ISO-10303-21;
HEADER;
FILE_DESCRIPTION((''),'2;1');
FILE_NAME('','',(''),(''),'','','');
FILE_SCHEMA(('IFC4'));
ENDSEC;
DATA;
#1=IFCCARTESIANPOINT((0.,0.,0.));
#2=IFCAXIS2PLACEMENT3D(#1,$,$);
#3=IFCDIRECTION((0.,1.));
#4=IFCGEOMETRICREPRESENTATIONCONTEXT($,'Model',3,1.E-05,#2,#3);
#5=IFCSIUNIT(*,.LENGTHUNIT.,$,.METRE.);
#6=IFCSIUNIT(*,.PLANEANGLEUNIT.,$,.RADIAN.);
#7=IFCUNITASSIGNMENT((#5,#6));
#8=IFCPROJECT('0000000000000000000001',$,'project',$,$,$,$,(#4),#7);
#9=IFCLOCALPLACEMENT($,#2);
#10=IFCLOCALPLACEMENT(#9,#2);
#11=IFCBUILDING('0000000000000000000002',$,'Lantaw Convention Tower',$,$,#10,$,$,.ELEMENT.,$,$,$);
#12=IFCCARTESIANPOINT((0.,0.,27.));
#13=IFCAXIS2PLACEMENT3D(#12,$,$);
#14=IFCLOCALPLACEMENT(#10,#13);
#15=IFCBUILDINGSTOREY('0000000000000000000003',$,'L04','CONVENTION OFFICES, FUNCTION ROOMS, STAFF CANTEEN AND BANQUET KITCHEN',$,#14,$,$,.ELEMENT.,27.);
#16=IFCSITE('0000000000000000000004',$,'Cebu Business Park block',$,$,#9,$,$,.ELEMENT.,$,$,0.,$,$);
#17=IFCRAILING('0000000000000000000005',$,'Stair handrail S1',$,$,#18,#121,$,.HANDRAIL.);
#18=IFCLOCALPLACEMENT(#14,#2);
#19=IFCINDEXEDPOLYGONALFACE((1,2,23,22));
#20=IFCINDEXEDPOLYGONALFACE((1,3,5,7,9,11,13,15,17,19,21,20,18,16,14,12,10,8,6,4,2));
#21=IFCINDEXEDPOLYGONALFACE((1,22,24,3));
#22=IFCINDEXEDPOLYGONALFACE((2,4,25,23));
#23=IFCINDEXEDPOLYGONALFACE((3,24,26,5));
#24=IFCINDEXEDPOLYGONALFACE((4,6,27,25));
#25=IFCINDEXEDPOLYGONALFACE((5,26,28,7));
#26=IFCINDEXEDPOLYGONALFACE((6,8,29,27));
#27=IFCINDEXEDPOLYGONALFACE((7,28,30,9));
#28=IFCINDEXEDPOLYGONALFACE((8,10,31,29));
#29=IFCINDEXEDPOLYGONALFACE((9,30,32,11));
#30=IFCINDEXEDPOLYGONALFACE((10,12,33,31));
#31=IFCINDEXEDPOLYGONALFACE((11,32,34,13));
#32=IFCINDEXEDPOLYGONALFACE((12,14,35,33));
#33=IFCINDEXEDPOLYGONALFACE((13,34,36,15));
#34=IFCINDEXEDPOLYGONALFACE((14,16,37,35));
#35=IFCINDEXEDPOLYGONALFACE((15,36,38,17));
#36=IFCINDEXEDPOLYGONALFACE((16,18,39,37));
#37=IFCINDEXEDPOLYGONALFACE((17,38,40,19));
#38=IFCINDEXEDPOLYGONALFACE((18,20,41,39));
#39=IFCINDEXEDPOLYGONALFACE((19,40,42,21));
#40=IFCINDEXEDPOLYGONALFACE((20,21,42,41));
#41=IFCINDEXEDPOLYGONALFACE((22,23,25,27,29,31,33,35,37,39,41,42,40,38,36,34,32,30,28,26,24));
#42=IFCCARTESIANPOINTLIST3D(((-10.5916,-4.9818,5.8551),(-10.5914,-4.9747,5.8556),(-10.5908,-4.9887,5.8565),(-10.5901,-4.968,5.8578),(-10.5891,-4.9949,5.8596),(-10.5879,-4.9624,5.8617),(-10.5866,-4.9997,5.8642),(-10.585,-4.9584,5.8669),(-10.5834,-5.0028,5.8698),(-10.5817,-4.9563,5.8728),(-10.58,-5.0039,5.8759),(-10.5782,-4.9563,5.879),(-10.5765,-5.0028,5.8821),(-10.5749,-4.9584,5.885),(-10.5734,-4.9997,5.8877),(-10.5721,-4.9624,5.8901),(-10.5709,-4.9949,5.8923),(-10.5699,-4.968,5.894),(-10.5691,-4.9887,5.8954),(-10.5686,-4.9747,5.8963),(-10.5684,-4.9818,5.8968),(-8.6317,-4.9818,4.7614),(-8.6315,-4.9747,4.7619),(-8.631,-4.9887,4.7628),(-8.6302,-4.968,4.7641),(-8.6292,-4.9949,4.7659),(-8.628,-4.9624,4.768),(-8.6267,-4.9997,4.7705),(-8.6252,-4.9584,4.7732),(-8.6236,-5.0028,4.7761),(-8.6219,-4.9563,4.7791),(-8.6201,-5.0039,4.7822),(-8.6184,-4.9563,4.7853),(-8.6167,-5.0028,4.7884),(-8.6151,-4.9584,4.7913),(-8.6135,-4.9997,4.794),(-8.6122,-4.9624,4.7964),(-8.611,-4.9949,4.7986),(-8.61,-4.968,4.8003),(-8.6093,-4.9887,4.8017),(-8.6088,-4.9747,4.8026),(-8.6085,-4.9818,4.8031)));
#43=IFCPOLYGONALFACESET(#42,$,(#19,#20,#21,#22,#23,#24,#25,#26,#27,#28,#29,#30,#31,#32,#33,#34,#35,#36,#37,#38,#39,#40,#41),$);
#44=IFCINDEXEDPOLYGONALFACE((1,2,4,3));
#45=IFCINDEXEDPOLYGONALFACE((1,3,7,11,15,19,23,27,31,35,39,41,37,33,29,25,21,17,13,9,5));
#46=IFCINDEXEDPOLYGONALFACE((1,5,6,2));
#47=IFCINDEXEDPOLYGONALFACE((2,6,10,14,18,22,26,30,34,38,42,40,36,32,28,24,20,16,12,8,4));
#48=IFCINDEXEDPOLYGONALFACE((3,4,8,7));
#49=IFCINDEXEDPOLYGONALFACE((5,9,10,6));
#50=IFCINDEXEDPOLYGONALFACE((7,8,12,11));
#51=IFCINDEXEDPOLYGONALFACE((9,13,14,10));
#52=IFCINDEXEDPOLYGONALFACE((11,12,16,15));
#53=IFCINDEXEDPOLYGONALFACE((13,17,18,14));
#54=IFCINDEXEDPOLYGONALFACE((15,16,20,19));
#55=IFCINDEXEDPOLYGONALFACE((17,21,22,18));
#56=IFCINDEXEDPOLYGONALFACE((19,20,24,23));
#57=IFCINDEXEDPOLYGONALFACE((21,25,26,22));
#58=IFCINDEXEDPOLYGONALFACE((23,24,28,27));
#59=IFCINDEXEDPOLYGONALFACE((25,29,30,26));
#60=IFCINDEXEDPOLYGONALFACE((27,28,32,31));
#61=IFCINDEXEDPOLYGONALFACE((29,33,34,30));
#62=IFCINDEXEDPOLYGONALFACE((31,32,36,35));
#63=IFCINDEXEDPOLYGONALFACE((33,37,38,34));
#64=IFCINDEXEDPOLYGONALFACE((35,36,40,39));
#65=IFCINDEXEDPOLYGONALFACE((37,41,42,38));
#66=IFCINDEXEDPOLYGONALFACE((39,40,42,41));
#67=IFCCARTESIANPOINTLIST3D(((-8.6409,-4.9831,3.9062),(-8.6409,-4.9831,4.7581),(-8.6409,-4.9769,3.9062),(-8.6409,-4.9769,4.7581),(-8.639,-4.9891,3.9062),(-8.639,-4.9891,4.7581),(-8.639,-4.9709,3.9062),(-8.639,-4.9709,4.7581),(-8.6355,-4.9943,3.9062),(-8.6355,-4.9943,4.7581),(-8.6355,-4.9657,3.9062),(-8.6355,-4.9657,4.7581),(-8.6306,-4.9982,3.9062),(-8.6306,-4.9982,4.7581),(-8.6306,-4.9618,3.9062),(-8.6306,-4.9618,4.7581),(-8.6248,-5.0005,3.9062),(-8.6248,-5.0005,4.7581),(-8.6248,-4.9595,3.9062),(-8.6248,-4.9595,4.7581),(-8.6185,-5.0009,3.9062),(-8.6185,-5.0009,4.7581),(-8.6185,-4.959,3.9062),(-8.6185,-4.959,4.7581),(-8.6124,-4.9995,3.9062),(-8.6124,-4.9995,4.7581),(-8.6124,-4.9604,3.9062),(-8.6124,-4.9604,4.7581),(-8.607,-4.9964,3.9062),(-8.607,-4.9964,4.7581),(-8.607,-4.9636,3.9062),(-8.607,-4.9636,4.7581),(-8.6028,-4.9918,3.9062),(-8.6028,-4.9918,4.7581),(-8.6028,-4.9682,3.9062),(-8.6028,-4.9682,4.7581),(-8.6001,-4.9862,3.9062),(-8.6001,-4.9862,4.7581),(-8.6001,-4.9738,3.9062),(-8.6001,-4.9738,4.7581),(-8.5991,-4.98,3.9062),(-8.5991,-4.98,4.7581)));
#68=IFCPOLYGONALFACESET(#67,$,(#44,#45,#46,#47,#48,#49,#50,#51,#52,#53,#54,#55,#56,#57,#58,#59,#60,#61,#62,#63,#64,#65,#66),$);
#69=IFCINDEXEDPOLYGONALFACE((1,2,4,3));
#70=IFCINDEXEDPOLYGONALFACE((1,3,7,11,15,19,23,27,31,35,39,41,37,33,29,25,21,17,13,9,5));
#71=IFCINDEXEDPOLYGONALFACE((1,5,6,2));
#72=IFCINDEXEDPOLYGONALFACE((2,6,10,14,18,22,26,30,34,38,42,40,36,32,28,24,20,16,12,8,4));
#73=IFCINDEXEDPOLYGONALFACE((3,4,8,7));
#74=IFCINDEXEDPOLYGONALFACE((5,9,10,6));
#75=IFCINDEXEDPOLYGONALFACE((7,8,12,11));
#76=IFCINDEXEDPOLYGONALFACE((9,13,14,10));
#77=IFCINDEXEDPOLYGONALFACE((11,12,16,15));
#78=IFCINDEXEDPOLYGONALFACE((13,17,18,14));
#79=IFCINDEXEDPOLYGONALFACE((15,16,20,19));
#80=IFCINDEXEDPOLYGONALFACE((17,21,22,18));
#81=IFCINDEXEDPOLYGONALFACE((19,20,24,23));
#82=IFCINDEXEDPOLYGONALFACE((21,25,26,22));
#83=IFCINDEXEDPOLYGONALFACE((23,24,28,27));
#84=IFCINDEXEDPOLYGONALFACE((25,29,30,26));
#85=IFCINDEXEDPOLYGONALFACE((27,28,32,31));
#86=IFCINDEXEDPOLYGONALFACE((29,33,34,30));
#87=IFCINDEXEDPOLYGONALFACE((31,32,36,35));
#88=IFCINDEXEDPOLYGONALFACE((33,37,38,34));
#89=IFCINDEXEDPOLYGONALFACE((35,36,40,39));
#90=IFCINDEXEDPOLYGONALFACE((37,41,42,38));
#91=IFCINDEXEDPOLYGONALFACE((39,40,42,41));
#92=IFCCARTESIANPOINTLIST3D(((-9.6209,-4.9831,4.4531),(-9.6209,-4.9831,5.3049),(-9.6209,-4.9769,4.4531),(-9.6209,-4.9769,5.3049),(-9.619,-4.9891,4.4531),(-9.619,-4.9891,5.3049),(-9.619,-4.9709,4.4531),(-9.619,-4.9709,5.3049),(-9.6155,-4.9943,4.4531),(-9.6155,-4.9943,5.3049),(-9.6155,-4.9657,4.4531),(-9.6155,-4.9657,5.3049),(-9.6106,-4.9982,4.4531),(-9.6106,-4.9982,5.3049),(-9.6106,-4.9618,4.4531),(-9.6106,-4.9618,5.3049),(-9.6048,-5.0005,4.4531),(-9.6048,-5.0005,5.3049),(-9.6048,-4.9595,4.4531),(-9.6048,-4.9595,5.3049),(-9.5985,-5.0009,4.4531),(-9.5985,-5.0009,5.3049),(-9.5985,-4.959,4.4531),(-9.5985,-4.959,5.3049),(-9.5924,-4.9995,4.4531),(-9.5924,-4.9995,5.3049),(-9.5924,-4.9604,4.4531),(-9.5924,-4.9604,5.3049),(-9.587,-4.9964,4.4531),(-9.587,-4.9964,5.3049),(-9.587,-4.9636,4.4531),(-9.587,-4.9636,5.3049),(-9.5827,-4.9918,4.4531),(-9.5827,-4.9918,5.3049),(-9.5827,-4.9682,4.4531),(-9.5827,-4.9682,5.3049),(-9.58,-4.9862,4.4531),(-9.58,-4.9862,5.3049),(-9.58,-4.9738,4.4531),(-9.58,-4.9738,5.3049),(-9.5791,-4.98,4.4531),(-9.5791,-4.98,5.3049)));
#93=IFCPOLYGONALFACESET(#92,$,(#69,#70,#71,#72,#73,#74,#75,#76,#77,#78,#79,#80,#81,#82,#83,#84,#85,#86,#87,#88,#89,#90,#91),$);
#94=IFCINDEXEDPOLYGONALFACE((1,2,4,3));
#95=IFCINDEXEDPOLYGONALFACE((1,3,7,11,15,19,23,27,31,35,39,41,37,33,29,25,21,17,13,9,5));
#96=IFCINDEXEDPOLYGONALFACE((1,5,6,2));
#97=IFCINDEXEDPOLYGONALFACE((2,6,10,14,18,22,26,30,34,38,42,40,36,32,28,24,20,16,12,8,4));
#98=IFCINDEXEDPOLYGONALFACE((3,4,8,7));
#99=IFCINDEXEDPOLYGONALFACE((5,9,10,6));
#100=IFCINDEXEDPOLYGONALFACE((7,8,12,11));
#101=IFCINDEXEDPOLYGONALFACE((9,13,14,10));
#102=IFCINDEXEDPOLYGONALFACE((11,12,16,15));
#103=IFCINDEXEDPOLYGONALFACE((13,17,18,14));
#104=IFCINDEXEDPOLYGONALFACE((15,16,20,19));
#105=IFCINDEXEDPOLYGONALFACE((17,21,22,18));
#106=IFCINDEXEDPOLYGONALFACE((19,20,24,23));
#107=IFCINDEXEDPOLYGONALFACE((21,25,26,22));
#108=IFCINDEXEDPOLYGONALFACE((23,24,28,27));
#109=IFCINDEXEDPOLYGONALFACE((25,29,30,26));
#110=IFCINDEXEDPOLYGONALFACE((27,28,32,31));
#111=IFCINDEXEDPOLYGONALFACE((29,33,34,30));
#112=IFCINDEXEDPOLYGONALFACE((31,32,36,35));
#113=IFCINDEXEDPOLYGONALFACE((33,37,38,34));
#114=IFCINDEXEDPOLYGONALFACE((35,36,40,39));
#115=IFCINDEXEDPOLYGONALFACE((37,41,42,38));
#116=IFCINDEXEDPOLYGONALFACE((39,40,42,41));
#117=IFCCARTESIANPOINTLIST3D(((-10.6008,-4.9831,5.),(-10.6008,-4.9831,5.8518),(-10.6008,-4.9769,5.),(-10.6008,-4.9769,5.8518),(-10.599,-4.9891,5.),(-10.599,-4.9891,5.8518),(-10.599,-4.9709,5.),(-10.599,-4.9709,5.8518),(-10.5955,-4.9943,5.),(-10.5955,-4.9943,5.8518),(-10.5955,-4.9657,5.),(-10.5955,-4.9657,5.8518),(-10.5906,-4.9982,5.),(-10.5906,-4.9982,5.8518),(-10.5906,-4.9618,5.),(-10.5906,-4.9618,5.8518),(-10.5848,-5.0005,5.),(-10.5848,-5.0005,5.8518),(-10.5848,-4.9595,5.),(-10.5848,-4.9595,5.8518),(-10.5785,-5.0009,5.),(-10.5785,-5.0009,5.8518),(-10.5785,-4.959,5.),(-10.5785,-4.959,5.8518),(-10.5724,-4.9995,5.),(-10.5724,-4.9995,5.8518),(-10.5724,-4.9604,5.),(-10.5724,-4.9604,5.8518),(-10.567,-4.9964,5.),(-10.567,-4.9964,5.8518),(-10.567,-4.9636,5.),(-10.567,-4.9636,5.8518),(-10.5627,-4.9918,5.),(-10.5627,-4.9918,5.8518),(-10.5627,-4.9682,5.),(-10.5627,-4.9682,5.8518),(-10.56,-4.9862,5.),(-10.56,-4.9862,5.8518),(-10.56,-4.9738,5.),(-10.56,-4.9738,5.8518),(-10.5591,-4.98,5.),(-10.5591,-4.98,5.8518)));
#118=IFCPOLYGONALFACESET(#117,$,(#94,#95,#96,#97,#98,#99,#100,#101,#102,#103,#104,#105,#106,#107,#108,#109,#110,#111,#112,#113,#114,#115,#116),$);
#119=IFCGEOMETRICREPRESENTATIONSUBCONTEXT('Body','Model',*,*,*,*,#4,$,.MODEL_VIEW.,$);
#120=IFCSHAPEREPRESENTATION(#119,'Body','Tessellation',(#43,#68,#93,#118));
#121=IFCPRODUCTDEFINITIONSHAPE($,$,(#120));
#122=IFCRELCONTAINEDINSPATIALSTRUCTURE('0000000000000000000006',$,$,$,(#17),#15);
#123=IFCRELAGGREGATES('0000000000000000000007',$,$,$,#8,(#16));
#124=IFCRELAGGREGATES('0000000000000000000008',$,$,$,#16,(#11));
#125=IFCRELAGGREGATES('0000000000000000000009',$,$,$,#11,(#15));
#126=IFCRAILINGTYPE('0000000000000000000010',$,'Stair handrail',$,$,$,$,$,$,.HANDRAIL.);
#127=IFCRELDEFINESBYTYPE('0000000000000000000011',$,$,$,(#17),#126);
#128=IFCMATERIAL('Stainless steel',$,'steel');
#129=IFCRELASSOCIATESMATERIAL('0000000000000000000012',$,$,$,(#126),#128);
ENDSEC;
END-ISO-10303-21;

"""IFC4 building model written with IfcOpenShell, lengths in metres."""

from ifc_helpers import new_model, si_unit, direction, frame, origin, origin_2d, place, context, subcontext, project, spatial, circle, extrude, material, type_object, element, save


model = new_model("IFC4")

# Units and contexts
model_context = context("Model", 3, precision=1e-05, world=origin(), true_north=direction((0.0, 1.0)))
body_context = subcontext(model_context, "Body", "Model", "MODEL_VIEW")
ifc_project = project(units=[si_unit("LENGTHUNIT", "METRE"), si_unit("PLANEANGLEUNIT", "RADIAN")], contexts=[model_context])

# Site, building, storey
site_placement = place(None, origin())
site = spatial("IfcSite", under=ifc_project, at=site_placement, Name="Cebu Business Park block", CompositionType="ELEMENT", RefElevation=0.0)
building_placement = place(site_placement, origin())
building = spatial("IfcBuilding", under=site, at=building_placement, Name="Lantaw Convention Tower", CompositionType="ELEMENT")
storey_placement = place(building_placement, frame((0.0, 0.0, 27.0)))
storey = spatial("IfcBuildingStorey", under=building, at=storey_placement, Name="L04", Description="CONVENTION OFFICES, FUNCTION ROOMS, STAFF CANTEEN AND BANQUET KITCHEN", CompositionType="ELEMENT", Elevation=27.0)

# Railing
ifc_material_1 = material(Name="Stainless steel", Category="steel")
railing_type = type_object("IfcRailingType", Name="Stair handrail", PredefinedType="HANDRAIL", material=ifc_material_1)
railing_1_placement = place(storey_placement, frame((-8.6201, -4.98, 3.9062)))
element("IfcRailing", 1, at=railing_1_placement, inside=storey, type_object=railing_type, Name="Stair handrail S1", PredefinedType="HANDRAIL", context=body_context, shape_type="SweptSolid", body=[
    extrude(circle(Radius=0.0239, at=origin_2d()), frame((0.0, 0.0, 0.876), z_axis=(-0.873232, 0.0, 0.487304), x_axis=(0.0, -1.0, 0.0)), (0.0, 0.0, 1.0), 2.2444),
    extrude(circle(Radius=0.021, at=origin_2d()), origin(), (0.0, 0.0, 1.0), 0.8518),
    extrude(circle(Radius=0.021, at=origin_2d()), frame((-0.98, 0.0, 0.5469)), (0.0, 0.0, 1.0), 0.8518),
    extrude(circle(Radius=0.021, at=origin_2d()), frame((-1.96, 0.0, 1.0938)), (0.0, 0.0, 1.0), 0.8518),
])

save(model, "model.ifc")
